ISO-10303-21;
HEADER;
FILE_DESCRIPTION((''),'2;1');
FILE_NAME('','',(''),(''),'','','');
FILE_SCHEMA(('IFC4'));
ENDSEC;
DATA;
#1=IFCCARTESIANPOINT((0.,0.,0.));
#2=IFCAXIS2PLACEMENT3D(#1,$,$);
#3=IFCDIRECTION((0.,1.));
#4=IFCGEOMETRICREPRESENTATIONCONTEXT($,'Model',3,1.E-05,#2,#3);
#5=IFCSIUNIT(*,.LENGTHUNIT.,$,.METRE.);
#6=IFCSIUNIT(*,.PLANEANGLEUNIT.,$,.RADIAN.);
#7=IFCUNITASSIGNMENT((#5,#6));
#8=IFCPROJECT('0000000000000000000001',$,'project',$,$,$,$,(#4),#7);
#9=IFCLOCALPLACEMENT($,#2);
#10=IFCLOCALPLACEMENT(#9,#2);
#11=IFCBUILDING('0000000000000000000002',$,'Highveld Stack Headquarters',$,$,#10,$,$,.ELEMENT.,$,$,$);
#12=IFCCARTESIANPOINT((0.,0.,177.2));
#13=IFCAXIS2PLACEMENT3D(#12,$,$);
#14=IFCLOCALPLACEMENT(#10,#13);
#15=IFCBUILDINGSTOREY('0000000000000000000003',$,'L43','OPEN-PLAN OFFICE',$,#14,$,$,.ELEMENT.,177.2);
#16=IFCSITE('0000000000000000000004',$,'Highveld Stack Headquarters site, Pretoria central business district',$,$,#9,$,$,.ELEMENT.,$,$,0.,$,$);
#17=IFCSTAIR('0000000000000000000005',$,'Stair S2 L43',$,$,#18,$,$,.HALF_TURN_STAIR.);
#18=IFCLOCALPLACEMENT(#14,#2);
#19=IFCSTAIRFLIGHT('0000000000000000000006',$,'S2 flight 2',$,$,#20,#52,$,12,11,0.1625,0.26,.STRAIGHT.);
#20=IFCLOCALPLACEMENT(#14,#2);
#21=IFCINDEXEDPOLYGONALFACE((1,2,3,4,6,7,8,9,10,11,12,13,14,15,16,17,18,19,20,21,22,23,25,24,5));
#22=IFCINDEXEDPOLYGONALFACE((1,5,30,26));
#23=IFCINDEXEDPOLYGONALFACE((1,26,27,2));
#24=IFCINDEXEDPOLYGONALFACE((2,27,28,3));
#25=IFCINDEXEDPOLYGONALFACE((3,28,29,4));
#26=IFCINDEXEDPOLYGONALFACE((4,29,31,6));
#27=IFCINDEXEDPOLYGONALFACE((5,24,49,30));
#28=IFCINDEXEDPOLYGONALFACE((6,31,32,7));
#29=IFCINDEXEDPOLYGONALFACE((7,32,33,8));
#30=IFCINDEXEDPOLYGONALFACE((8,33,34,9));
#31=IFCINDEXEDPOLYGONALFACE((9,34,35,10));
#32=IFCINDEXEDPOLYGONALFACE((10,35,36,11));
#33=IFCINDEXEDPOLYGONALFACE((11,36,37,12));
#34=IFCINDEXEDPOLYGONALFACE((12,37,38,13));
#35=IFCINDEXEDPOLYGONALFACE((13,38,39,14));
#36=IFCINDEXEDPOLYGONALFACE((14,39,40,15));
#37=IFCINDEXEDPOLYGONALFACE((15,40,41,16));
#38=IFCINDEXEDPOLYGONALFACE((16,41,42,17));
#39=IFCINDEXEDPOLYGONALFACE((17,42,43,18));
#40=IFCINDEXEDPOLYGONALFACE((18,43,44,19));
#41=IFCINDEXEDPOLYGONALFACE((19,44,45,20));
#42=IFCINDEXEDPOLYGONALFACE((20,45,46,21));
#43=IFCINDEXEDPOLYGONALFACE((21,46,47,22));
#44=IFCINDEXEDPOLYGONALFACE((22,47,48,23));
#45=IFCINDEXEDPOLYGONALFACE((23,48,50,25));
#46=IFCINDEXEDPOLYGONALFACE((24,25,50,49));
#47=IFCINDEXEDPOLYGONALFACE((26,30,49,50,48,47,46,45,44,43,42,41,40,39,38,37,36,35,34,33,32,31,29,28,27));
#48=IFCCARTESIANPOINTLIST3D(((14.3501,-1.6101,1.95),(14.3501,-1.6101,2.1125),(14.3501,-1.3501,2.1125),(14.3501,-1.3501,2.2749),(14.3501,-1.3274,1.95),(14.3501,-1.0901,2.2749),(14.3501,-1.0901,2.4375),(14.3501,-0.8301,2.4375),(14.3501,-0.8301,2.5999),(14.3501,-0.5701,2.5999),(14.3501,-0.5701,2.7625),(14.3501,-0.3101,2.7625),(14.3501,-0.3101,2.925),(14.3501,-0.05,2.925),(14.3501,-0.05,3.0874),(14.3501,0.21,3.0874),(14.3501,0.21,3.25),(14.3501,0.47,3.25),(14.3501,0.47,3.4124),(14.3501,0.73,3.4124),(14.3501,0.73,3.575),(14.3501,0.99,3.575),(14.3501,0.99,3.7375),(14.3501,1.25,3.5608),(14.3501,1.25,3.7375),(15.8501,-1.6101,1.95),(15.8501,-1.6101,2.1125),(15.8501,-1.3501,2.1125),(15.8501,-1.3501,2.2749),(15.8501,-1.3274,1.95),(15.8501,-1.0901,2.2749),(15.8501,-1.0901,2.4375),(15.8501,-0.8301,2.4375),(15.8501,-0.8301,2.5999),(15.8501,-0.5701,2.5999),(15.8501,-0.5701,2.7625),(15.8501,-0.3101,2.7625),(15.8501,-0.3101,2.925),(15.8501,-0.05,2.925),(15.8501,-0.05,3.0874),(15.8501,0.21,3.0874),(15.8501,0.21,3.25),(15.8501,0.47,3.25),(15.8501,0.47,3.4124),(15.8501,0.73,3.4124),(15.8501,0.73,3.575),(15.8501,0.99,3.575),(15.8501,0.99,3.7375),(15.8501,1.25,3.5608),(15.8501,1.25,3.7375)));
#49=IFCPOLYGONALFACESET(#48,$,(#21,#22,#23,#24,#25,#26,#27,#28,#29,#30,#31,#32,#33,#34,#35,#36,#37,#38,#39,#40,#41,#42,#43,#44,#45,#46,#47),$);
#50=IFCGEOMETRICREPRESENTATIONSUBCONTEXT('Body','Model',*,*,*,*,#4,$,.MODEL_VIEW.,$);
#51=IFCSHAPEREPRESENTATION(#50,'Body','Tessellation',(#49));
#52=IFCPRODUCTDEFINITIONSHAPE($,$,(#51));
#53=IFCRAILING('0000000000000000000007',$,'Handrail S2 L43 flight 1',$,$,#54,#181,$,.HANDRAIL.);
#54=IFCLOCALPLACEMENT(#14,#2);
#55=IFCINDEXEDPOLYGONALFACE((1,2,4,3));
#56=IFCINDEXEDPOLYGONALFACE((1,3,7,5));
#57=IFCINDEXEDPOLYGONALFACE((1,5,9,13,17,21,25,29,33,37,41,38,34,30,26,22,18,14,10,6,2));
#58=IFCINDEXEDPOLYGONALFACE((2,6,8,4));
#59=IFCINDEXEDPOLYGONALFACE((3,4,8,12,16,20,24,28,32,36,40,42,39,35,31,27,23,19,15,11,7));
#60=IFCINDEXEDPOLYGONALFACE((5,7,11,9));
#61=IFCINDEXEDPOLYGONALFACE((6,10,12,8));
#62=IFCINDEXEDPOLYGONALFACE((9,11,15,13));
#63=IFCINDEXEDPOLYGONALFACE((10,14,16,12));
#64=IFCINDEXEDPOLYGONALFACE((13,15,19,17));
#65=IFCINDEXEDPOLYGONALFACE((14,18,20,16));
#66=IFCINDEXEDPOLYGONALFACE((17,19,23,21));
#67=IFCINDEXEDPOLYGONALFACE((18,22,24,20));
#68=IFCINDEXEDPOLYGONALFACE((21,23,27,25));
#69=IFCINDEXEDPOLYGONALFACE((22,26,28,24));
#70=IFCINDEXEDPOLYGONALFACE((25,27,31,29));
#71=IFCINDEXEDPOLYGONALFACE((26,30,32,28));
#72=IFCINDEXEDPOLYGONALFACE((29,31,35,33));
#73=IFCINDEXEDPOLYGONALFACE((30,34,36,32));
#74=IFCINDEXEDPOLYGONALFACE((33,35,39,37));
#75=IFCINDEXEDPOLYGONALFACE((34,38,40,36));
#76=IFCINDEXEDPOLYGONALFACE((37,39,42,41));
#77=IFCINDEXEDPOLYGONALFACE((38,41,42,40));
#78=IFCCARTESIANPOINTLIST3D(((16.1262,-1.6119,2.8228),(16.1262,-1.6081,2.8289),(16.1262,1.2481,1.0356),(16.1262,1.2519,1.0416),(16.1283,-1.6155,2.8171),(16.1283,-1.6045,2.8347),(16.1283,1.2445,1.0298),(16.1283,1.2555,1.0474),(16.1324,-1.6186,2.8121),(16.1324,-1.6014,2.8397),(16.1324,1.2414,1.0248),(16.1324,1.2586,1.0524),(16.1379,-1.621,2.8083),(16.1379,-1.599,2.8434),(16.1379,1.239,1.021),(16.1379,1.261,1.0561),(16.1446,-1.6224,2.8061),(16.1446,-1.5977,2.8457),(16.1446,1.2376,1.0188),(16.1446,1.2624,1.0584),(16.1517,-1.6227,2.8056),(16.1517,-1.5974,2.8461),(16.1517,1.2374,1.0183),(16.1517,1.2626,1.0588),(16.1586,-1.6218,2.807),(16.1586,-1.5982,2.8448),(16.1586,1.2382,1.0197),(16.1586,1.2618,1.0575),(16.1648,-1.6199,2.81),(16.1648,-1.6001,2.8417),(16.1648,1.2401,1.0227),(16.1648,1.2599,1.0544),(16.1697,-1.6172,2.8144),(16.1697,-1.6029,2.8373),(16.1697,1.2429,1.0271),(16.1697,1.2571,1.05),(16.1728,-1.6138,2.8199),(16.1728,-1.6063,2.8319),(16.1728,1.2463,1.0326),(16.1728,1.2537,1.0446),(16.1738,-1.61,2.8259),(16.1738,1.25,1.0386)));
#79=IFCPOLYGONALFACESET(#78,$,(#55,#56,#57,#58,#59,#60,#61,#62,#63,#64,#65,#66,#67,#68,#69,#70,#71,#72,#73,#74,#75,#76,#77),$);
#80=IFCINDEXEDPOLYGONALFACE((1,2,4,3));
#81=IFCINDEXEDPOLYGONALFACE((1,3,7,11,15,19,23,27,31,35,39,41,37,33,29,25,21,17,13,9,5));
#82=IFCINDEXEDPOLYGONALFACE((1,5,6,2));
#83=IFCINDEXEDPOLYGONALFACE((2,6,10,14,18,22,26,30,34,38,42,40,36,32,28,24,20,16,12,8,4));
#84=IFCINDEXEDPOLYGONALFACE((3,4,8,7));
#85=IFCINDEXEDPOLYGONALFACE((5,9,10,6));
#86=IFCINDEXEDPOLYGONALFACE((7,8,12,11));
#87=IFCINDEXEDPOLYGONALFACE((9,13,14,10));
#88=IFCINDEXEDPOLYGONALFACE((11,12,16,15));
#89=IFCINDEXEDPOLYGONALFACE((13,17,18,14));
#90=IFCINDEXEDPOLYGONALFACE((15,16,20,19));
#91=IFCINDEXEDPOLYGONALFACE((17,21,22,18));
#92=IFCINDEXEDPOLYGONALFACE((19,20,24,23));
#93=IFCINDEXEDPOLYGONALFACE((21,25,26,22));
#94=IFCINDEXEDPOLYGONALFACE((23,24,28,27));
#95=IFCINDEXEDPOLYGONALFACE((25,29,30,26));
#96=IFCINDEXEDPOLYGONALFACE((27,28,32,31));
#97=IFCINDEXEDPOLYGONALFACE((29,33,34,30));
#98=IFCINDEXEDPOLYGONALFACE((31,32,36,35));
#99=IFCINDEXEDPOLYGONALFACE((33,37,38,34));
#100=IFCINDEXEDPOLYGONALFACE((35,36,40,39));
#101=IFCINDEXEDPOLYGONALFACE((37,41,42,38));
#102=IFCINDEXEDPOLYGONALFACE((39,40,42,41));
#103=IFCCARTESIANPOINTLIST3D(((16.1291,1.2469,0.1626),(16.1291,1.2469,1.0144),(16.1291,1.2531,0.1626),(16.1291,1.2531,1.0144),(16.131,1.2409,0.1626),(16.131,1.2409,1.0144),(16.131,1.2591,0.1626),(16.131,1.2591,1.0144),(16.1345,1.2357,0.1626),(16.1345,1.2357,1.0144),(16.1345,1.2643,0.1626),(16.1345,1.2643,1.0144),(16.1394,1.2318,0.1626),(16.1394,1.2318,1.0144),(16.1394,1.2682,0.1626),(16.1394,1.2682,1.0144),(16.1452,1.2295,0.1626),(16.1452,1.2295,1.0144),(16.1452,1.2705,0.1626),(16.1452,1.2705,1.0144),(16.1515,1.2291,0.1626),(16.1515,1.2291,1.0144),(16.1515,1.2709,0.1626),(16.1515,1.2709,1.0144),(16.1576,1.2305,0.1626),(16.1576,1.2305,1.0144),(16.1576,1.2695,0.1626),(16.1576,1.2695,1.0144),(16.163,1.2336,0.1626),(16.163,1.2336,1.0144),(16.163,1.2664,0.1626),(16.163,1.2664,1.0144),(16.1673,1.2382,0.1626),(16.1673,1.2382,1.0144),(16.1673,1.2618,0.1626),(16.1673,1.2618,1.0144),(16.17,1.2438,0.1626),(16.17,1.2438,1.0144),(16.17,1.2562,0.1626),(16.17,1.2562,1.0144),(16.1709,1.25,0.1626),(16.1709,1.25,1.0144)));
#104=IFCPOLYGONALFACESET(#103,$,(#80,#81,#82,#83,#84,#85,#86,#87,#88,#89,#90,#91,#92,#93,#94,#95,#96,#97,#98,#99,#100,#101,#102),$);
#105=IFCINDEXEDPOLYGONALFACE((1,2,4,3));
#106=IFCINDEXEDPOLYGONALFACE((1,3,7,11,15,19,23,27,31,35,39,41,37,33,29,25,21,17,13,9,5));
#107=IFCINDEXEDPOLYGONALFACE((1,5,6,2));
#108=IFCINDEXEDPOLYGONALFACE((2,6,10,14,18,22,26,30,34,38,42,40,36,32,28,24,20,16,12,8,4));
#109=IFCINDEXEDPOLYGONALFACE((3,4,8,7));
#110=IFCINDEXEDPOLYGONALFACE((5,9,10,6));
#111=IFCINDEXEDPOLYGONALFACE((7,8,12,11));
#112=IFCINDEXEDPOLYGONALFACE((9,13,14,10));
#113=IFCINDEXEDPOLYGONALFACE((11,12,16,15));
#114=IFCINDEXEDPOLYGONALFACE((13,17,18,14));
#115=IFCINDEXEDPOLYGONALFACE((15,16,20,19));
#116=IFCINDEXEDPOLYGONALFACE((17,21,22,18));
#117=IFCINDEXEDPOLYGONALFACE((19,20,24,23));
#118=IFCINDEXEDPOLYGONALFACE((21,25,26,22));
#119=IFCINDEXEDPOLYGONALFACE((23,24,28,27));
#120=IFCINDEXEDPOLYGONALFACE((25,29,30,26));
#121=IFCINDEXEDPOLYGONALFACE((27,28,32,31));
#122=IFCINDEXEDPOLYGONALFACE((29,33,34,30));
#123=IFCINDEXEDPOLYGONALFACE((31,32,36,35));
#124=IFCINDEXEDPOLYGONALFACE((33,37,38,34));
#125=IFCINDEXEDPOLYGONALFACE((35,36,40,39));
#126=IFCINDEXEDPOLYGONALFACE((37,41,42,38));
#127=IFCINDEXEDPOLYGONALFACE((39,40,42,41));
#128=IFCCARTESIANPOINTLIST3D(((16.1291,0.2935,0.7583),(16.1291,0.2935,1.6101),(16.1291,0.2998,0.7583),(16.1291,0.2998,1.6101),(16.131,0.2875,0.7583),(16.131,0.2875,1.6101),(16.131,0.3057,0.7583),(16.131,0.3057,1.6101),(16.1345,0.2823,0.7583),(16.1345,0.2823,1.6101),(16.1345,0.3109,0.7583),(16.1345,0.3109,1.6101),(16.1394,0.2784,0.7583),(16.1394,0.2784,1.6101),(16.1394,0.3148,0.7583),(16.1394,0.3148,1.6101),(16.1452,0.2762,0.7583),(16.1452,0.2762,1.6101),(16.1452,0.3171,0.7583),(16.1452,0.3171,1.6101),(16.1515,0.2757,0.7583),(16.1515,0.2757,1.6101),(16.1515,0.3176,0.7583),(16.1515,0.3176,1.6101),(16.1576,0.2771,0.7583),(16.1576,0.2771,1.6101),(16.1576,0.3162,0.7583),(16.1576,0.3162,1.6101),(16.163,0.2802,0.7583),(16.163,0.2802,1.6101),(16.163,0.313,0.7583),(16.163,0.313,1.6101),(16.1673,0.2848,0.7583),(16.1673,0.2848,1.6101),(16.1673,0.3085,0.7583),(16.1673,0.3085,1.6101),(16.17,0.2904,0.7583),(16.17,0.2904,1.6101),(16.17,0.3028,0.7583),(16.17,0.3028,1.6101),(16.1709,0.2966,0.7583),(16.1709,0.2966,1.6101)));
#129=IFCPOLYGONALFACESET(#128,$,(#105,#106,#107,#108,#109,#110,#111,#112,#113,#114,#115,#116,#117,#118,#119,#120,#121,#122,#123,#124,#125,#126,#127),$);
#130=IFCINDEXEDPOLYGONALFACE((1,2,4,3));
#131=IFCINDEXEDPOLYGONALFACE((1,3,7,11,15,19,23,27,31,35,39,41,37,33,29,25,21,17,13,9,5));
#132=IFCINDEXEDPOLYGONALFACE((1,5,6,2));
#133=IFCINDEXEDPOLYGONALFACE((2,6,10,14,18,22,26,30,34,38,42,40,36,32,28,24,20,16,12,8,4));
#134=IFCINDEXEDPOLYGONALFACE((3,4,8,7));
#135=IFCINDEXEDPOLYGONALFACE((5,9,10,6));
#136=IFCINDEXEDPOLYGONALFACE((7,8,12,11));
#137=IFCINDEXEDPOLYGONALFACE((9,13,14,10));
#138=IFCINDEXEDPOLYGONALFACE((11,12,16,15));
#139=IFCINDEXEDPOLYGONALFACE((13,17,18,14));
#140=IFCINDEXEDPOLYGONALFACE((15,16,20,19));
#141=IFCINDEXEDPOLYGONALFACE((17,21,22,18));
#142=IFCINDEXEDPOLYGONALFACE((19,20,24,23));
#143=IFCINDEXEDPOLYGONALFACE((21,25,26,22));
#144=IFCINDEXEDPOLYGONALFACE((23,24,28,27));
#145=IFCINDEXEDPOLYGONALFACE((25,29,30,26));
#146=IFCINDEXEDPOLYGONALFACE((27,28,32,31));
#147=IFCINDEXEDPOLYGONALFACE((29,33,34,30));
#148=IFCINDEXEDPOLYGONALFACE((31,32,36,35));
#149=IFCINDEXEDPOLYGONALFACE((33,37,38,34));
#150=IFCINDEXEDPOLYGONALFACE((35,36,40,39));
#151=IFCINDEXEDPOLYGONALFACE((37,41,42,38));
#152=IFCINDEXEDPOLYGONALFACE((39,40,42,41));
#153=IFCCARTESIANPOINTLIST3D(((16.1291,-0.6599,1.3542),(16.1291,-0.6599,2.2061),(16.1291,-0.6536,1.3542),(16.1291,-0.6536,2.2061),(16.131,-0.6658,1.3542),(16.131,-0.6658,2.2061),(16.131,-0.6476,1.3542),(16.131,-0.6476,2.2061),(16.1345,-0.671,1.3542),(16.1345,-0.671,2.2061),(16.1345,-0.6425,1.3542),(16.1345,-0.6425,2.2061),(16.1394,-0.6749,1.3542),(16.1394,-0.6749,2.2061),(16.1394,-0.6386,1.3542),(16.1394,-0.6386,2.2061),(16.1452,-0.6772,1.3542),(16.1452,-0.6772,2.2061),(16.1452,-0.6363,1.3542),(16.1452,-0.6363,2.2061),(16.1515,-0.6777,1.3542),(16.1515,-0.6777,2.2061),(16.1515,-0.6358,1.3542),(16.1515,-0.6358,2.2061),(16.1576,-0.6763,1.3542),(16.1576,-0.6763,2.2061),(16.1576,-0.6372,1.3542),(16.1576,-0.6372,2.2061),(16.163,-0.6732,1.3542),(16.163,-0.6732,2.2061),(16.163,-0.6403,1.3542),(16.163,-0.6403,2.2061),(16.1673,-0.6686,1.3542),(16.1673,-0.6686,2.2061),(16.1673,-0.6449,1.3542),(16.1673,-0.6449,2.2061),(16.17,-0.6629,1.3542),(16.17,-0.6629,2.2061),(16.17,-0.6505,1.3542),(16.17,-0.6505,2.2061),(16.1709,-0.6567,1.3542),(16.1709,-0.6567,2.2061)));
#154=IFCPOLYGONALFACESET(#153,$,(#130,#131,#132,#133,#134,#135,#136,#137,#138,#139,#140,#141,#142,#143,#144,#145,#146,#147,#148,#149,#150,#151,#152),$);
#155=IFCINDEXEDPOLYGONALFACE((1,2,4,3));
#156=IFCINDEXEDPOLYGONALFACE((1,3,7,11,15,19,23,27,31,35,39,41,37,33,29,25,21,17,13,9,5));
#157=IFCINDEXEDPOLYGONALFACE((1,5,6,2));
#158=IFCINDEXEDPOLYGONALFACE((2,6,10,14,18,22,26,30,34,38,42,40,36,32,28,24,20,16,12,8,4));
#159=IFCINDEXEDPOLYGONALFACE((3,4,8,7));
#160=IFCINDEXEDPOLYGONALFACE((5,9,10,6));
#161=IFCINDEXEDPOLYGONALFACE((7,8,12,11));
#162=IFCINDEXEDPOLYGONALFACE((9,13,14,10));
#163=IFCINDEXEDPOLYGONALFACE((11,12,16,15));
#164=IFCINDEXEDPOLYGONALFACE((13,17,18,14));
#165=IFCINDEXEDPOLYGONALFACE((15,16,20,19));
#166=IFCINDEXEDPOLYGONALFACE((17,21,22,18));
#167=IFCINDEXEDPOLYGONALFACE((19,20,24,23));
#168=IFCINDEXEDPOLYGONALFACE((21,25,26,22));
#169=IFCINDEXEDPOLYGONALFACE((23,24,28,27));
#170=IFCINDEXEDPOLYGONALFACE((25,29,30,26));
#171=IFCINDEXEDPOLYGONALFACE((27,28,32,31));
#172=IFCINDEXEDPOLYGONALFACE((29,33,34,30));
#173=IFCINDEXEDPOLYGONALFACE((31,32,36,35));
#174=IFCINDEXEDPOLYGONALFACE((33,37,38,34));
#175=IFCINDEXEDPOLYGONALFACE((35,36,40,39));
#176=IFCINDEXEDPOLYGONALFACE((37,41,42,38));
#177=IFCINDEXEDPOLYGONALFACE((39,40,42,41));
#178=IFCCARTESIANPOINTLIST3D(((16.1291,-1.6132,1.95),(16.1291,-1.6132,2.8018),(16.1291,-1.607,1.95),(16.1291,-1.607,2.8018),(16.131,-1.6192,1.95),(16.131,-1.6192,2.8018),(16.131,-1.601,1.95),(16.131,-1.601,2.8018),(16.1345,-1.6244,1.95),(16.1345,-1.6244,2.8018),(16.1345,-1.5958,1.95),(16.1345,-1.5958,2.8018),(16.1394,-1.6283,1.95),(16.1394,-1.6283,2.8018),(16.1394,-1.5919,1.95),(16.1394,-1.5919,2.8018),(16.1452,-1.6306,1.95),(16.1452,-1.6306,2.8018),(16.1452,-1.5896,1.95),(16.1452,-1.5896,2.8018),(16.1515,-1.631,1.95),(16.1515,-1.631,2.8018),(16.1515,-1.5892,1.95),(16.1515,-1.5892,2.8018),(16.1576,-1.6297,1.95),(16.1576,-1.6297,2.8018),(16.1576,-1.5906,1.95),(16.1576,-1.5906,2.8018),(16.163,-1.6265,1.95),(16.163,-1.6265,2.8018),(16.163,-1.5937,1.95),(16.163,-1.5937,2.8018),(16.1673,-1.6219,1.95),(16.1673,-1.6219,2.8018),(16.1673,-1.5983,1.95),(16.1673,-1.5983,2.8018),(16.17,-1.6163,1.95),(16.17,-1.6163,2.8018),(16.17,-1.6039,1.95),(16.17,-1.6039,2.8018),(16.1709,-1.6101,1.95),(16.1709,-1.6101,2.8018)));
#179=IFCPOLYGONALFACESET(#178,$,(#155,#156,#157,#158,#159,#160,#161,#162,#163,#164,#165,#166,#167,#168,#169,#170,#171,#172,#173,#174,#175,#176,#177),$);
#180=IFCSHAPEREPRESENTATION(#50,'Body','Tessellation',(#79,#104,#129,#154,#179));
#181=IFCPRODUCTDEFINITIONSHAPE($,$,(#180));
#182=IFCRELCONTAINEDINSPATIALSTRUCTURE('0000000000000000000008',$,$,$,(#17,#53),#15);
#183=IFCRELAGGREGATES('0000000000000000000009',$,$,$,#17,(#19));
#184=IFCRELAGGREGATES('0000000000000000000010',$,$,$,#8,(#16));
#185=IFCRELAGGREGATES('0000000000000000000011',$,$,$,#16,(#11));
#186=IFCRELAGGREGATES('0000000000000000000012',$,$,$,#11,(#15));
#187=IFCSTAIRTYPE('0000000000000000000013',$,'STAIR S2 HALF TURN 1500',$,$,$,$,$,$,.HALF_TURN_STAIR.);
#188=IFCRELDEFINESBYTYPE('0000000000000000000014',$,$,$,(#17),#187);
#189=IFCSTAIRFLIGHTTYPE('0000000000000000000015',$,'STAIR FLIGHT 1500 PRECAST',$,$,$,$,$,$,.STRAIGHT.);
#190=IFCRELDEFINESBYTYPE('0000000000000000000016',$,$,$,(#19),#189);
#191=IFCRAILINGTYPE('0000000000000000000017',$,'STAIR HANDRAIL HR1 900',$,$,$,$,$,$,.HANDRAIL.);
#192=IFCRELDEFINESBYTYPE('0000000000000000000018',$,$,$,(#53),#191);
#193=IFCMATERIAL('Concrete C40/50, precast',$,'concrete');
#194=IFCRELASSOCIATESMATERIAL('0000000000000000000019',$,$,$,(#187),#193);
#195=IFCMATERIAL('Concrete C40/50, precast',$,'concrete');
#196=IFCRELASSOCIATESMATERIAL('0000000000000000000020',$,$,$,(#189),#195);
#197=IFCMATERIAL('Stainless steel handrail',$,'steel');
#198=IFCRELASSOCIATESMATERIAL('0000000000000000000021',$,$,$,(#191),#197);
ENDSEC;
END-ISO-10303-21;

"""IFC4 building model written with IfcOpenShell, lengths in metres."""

from ifc_helpers import new_model, si_unit, direction, frame, origin, origin_2d, place, context, subcontext, project, spatial, polyline, circle, outline, extrude, material, type_object, element, aggregate, save


model = new_model("IFC4")

# Units and contexts
model_context = context("Model", 3, precision=1e-05, world=origin(), true_north=direction((0.0, 1.0)))
body_context = subcontext(model_context, "Body", "Model", "MODEL_VIEW")
ifc_project = project(units=[si_unit("LENGTHUNIT", "METRE"), si_unit("PLANEANGLEUNIT", "RADIAN")], contexts=[model_context])

# Site, building, storey
site_placement = place(None, origin())
site = spatial("IfcSite", under=ifc_project, at=site_placement, Name="Highveld Stack Headquarters site, Pretoria central business district", CompositionType="ELEMENT", RefElevation=0.0)
building_placement = place(site_placement, origin())
building = spatial("IfcBuilding", under=site, at=building_placement, Name="Highveld Stack Headquarters", CompositionType="ELEMENT")
storey_placement = place(building_placement, frame((0.0, 0.0, 177.2)))
storey = spatial("IfcBuildingStorey", under=building, at=storey_placement, Name="L43", Description="OPEN-PLAN OFFICE", CompositionType="ELEMENT", Elevation=177.2)

# Stair, stair flight
ifc_material_1 = material(Name="Concrete C40/50, precast", Category="concrete")
stair_type = type_object("IfcStairType", Name="STAIR S2 HALF TURN 1500", PredefinedType="HALF_TURN_STAIR", material=ifc_material_1)
stair_placement = place(storey_placement, origin())
stair = element("IfcStair", 1, at=stair_placement, inside=storey, type_object=stair_type, Name="Stair S2 L43", PredefinedType="HALF_TURN_STAIR")
ifc_material_2 = material(Name="Concrete C40/50, precast", Category="concrete")
stair_flight_type = type_object("IfcStairFlightType", Name="STAIR FLIGHT 1500 PRECAST", PredefinedType="STRAIGHT", material=ifc_material_2)
stair_flight_1_placement = place(storey_placement, frame((15.1001, -1.6101, 1.95), z_axis=(0.0, 0.0, 1.0), x_axis=(0.0, 1.0, 0.0)))
stair_flight_1 = element("IfcStairFlight", 2, at=stair_flight_1_placement, type_object=stair_flight_type, Name="S2 flight 2", NumberOfRisers=12, NumberOfTreads=11, PredefinedType="STRAIGHT", RiserHeight=0.1625, TreadLength=0.26, context=body_context, shape_type="SweptSolid", body=[
    extrude(outline(polyline([(0.0, 0.0), (0.0, 0.1626), (0.26, 0.1626), (0.26, 0.325), (0.52, 0.325), (0.52, 0.4875), (0.78, 0.4875), (0.78, 0.6499), (1.04, 0.6499), (1.04, 0.8125), (1.3, 0.8125), (1.3, 0.9751), (1.5601, 0.9751), (1.5601, 1.1375), (1.8201, 1.1375), (1.8201, 1.3), (2.0801, 1.3), (2.0801, 1.4624), (2.3401, 1.4624), (2.3401, 1.625), (2.6001, 1.625), (2.6001, 1.7876), (2.8601, 1.7876), (2.8601, 1.95), (2.8601, 1.6108), (0.2827, 0.0), (0.0, 0.0)])), frame((0.0, 0.75, 0.0), z_axis=(0.0, -1.0, 0.0), x_axis=(1.0, 0.0, 0.0)), (0.0, 0.0, 1.0), 1.5),
])
aggregate(stair, [stair_flight_1])

# Railing
ifc_material_3 = material(Name="Stainless steel handrail", Category="steel")
railing_type = type_object("IfcRailingType", Name="STAIR HANDRAIL HR1 900", PredefinedType="HANDRAIL", material=ifc_material_3)
for number, where, name in (
    (3, (16.1499, 1.25, 0.1626), "Handrail S2 L43 flight 1"),
):
    element("IfcRailing", number, at=place(storey_placement, frame(where)), inside=storey, type_object=railing_type, Name=name, PredefinedType="HANDRAIL", context=body_context, shape_type="SweptSolid", body=[
        extrude(circle(Radius=0.0239, at=origin_2d()), frame((0.0, 0.0, 0.876), z_axis=(0.0, -0.848027, 0.529953), x_axis=(1.0, 0.0, 0.0)), (0.0, 0.0, 1.0), 3.3726),
        extrude(circle(Radius=0.021, at=origin_2d()), origin(), (0.0, 0.0, 1.0), 0.8518),
        extrude(circle(Radius=0.021, at=origin_2d()), frame((0.0, -0.9534, 0.5957)), (0.0, 0.0, 1.0), 0.8518),
        extrude(circle(Radius=0.021, at=origin_2d()), frame((0.0, -1.9067, 1.1917)), (0.0, 0.0, 1.0), 0.8518),
        extrude(circle(Radius=0.021, at=origin_2d()), frame((0.0, -2.8601, 1.7874)), (0.0, 0.0, 1.0), 0.8518),
    ])

save(model, "model.ifc")
